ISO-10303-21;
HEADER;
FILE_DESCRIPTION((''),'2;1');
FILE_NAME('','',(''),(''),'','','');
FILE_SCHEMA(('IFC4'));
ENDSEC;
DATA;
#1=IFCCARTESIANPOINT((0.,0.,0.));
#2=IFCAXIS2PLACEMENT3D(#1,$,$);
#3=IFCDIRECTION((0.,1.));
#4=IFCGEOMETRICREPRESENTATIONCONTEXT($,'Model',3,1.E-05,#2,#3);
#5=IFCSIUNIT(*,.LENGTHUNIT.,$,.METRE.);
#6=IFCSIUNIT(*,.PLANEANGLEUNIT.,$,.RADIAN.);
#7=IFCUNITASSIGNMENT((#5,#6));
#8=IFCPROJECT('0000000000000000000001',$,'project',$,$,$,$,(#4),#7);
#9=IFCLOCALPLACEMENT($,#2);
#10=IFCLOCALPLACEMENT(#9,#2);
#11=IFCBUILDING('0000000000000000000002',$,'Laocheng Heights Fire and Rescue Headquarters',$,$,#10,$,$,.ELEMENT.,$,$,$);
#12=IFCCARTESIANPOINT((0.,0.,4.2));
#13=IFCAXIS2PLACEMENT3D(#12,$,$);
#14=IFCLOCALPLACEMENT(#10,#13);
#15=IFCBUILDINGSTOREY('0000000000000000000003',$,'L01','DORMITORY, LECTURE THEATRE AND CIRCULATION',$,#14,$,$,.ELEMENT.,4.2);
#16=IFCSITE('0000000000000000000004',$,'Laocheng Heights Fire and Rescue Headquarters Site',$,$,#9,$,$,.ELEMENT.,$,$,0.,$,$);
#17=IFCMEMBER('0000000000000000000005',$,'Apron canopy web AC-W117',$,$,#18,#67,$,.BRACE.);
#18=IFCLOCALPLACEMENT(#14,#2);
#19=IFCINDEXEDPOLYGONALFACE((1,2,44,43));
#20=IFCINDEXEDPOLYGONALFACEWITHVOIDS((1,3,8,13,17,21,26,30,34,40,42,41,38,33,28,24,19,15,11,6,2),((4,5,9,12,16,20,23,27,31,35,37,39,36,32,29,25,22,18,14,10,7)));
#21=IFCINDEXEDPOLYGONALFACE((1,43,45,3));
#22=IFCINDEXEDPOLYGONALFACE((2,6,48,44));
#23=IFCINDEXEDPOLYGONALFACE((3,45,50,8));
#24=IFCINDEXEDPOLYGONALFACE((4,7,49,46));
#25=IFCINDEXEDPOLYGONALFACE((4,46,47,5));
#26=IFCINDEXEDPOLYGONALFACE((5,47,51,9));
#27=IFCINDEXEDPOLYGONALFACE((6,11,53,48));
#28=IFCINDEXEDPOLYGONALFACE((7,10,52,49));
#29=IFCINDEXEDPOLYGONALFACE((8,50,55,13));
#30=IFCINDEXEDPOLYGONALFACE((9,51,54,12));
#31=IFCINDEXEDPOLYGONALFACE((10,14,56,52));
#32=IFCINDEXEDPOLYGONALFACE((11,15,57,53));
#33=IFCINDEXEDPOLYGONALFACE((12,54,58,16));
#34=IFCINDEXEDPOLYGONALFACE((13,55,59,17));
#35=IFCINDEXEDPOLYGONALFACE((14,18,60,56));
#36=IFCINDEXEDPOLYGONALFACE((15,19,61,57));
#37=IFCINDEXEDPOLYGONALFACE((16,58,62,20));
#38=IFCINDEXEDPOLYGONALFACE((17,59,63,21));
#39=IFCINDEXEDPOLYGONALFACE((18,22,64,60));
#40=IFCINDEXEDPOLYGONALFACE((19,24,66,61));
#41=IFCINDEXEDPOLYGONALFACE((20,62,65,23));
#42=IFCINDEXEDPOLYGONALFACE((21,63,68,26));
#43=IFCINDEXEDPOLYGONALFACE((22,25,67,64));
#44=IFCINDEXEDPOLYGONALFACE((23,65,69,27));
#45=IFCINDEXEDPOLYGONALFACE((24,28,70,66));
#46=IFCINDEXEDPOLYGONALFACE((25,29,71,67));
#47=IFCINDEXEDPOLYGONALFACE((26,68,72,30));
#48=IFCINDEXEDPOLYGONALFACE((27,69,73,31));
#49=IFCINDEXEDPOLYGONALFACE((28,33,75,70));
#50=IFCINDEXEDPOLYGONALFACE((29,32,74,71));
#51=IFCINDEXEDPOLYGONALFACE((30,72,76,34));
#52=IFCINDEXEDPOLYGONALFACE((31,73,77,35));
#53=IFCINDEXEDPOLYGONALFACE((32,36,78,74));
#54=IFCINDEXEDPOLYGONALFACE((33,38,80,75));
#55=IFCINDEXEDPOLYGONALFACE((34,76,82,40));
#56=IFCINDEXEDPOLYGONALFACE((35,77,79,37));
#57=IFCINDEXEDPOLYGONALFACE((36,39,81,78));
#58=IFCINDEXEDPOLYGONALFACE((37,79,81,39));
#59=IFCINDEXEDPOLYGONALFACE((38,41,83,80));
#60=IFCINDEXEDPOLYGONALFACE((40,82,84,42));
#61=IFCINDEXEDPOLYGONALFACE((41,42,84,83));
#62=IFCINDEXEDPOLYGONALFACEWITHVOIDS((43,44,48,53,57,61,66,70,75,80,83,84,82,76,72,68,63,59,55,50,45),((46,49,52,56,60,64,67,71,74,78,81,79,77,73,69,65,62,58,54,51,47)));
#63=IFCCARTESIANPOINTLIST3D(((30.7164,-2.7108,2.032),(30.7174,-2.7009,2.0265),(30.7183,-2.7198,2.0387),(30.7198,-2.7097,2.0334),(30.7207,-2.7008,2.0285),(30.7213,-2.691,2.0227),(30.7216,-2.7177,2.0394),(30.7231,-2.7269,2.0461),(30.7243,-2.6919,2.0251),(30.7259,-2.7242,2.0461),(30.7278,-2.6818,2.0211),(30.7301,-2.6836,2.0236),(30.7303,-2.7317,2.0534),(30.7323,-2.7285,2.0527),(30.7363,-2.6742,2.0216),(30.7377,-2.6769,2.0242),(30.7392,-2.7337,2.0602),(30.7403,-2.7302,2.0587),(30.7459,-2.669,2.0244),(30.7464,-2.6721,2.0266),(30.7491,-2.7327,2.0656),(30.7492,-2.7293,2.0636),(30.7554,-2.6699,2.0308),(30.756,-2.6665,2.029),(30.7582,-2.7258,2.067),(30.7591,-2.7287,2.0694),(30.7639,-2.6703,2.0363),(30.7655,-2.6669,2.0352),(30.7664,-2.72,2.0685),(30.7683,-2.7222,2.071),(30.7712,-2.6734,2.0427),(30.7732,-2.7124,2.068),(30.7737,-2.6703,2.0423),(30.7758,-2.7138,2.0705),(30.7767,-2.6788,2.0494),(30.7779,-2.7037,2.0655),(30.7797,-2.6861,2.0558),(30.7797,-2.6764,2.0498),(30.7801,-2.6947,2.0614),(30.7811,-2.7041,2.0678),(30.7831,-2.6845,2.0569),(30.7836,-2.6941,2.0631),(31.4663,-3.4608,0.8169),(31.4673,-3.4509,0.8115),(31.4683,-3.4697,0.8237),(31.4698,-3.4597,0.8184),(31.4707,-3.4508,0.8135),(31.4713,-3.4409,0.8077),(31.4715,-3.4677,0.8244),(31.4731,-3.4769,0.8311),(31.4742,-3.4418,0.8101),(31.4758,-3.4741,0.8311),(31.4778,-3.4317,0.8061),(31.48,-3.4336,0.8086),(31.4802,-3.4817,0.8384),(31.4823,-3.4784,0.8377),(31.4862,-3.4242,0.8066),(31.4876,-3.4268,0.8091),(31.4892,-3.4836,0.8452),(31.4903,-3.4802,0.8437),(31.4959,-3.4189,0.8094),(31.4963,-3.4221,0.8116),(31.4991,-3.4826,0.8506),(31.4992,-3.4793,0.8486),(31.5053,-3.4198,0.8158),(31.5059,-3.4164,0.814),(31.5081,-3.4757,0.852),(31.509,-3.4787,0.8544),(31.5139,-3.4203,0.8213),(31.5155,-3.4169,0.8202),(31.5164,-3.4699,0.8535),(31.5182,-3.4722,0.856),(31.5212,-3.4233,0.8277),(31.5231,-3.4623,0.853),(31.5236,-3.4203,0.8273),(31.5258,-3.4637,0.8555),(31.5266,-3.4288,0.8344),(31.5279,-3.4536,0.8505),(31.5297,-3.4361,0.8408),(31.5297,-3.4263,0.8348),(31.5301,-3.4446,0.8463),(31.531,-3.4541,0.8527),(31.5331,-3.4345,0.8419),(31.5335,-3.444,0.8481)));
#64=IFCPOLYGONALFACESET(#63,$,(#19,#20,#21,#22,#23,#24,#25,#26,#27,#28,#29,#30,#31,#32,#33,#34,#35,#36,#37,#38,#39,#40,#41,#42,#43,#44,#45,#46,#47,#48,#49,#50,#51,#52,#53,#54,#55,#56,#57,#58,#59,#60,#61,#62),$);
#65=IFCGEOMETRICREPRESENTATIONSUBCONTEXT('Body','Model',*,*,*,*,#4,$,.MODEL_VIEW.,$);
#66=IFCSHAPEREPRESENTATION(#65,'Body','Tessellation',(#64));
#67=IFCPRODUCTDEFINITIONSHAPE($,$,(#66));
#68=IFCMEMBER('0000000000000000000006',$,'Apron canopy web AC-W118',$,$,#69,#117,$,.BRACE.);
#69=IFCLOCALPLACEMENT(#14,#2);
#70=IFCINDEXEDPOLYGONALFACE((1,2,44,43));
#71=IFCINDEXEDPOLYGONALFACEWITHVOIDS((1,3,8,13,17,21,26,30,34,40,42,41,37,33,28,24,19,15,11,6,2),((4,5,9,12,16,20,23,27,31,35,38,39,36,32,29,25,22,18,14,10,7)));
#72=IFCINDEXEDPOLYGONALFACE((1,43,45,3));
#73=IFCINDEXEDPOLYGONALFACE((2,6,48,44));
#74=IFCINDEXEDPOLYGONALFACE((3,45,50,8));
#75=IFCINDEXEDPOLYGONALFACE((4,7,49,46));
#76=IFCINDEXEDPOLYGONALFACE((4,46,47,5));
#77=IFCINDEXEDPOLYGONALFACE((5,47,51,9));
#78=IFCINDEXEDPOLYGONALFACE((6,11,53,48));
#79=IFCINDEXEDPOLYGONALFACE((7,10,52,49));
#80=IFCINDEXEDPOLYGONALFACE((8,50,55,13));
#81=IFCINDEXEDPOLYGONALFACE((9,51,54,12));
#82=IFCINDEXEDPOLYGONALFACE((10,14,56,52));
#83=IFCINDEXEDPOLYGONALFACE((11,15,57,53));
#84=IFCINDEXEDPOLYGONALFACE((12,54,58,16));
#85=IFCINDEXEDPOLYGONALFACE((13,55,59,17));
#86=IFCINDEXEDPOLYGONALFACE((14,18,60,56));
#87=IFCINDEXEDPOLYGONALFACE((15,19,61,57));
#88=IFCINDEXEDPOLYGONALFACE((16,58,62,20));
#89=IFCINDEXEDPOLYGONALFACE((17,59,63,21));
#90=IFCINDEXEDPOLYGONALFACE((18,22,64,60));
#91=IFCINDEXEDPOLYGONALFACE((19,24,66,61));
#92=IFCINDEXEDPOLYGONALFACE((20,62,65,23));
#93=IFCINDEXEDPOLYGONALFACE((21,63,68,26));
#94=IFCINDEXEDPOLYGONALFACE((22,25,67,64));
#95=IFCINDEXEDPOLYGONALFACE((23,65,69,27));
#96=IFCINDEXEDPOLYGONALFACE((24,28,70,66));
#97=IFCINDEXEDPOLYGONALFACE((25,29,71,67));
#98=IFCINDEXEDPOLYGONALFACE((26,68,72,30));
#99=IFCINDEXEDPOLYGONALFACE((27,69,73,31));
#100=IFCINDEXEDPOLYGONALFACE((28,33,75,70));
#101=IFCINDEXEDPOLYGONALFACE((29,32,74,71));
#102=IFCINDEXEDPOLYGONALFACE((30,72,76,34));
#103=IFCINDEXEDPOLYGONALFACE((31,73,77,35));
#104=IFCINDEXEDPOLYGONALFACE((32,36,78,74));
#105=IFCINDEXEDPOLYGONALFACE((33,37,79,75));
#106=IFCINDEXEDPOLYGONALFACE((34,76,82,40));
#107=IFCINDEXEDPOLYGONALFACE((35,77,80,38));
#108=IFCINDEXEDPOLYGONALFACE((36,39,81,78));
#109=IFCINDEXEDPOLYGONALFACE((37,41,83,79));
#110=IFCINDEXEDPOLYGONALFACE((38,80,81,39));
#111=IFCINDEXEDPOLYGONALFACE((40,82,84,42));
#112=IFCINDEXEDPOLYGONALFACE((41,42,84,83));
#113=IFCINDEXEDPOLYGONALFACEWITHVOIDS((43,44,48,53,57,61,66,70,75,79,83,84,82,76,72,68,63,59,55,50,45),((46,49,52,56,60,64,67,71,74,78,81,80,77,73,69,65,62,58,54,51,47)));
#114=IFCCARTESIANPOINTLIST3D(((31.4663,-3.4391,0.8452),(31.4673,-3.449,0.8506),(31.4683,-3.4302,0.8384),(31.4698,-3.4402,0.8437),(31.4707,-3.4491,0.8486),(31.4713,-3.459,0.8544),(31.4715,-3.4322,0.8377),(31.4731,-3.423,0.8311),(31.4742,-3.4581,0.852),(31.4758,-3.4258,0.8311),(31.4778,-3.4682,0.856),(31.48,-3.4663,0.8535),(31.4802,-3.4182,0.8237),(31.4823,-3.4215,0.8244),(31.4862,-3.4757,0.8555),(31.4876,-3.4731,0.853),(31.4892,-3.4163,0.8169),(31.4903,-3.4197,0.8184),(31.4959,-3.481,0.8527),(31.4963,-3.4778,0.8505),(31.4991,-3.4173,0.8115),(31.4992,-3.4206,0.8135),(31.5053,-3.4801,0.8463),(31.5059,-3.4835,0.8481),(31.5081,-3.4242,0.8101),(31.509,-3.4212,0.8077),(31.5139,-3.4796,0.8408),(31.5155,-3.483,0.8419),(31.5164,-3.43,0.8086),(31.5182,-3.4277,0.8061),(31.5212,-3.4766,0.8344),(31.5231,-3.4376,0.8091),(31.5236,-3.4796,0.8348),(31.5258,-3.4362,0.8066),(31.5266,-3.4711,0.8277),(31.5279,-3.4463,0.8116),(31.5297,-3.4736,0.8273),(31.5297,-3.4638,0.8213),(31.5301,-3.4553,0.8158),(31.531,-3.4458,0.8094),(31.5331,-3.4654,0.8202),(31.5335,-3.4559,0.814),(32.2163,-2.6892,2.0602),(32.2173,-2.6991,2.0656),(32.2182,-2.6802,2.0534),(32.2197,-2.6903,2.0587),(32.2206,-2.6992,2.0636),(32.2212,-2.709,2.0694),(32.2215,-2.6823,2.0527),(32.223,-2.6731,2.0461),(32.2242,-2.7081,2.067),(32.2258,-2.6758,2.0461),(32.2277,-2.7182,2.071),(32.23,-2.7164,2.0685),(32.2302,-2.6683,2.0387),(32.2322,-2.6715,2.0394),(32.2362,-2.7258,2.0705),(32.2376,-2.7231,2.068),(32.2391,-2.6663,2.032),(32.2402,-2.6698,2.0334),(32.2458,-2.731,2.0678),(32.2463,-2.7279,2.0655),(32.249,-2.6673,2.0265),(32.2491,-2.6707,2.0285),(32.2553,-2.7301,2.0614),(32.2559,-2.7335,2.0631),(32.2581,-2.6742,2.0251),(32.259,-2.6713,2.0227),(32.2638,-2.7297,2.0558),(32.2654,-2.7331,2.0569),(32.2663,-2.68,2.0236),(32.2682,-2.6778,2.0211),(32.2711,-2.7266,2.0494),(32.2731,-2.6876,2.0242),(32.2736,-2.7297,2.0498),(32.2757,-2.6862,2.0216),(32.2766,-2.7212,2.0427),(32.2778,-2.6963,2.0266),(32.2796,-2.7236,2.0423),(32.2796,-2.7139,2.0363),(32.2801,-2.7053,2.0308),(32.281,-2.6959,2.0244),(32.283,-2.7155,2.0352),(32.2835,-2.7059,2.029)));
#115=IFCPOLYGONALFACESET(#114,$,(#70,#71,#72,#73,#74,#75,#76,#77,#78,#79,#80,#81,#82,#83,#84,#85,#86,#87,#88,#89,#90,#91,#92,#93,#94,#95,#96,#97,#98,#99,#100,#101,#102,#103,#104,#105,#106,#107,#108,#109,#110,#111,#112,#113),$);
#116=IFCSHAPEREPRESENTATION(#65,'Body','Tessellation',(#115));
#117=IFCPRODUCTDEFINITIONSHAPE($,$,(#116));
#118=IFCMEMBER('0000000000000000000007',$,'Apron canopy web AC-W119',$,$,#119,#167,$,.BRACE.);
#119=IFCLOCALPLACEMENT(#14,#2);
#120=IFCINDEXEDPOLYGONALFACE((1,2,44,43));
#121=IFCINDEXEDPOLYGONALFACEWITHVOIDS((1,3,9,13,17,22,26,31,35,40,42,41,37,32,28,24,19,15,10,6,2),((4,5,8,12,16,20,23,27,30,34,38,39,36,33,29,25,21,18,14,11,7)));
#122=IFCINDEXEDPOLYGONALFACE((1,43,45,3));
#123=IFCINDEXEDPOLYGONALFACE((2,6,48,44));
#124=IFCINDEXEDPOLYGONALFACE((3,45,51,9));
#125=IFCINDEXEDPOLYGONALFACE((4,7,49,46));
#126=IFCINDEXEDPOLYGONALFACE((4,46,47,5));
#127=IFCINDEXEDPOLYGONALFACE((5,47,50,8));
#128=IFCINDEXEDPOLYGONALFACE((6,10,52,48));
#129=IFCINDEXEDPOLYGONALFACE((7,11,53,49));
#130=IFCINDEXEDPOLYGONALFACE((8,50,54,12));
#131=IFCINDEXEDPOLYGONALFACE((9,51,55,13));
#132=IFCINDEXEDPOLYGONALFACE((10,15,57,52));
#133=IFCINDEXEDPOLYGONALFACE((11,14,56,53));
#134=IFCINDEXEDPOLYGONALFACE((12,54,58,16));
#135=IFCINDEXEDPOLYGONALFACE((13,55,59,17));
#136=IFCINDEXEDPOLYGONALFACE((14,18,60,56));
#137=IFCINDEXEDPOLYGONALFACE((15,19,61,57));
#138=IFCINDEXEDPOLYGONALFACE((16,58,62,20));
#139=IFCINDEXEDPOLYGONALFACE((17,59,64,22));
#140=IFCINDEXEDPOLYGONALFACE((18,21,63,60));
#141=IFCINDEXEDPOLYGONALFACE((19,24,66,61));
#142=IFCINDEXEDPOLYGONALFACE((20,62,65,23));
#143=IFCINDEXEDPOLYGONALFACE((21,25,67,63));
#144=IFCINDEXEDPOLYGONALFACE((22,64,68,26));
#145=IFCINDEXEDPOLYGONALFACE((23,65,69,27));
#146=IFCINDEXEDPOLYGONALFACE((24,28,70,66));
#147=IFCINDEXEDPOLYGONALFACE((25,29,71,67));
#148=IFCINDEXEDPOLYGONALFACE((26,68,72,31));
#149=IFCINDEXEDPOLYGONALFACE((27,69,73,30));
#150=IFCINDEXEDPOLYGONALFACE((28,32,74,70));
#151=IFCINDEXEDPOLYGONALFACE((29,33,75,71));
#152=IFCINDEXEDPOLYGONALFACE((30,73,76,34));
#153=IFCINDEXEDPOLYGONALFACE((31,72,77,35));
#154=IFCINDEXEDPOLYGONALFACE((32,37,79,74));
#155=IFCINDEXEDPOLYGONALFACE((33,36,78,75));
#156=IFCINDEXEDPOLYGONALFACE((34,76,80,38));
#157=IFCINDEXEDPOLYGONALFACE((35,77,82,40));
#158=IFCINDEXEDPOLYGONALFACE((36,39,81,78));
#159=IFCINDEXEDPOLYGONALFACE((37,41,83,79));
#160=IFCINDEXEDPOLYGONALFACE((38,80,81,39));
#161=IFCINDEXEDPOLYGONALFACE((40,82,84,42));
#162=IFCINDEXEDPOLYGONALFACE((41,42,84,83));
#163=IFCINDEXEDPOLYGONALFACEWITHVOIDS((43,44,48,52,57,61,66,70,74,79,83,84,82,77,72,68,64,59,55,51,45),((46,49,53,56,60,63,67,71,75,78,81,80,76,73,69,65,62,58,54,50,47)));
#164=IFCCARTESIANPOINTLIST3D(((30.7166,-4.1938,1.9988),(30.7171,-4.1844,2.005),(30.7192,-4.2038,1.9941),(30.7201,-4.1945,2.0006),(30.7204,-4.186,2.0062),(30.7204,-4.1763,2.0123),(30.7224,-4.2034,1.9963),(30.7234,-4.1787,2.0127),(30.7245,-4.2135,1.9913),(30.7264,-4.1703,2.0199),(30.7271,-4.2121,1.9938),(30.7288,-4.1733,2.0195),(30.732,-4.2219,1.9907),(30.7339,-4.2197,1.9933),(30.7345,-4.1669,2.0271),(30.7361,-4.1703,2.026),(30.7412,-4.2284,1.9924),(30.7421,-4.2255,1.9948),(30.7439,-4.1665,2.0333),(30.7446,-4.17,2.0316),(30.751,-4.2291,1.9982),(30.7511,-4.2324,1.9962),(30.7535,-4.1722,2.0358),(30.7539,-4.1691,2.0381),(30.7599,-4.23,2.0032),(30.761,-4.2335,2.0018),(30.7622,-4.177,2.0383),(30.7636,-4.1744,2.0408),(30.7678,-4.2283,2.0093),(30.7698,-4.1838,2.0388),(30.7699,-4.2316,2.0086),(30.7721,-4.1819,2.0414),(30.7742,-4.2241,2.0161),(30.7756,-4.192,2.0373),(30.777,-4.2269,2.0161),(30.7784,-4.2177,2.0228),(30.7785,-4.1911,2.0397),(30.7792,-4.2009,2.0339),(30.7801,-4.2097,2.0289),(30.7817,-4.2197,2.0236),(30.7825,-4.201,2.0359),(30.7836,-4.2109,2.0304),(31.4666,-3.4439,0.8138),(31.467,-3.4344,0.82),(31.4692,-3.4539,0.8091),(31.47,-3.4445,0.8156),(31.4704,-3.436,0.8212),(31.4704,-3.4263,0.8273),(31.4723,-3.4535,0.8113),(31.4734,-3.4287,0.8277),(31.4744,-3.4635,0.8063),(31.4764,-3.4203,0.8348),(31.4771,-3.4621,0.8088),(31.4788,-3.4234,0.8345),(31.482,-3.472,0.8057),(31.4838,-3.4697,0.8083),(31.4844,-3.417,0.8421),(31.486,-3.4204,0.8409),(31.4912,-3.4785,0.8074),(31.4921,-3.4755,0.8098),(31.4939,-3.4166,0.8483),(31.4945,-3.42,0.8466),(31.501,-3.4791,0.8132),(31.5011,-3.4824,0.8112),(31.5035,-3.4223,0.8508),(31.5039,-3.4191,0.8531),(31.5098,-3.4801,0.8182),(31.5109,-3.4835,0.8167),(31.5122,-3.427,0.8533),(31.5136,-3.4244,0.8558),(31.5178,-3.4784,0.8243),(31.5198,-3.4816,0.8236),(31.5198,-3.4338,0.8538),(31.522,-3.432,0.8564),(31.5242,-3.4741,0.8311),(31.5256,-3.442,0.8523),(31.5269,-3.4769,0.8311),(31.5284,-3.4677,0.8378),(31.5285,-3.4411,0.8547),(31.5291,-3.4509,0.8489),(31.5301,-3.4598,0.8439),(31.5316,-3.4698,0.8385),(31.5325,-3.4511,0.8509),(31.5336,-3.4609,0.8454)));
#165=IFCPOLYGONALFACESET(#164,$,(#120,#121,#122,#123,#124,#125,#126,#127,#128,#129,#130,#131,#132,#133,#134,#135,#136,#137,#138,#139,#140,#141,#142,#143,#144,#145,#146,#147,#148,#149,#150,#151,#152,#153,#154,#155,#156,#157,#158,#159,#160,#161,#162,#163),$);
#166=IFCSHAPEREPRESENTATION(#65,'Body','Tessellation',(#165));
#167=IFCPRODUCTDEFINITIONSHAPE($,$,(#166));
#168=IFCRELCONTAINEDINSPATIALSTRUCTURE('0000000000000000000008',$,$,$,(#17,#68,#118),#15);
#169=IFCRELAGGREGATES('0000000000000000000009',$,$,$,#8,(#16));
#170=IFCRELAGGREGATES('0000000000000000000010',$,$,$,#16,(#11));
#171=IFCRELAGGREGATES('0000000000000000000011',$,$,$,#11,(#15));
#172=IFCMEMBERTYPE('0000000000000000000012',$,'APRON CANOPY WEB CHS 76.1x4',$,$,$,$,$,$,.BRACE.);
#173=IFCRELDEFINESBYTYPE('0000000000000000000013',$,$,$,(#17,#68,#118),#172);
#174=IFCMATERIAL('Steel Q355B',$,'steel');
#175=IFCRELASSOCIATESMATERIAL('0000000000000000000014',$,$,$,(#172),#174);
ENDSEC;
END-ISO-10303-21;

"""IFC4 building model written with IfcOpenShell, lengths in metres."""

from ifc_helpers import new_model, si_unit, direction, frame, origin, origin_2d, place, context, subcontext, project, spatial, hollow_circle, extrude, material, material_profile, profile_set, type_object, element, save


model = new_model("IFC4")

# Units and contexts
model_context = context("Model", 3, precision=1e-05, world=origin(), true_north=direction((0.0, 1.0)))
body_context = subcontext(model_context, "Body", "Model", "MODEL_VIEW")
ifc_project = project(units=[si_unit("LENGTHUNIT", "METRE"), si_unit("PLANEANGLEUNIT", "RADIAN")], contexts=[model_context])

# Site, building, storey
site_placement = place(None, origin())
site = spatial("IfcSite", under=ifc_project, at=site_placement, Name="Laocheng Heights Fire and Rescue Headquarters Site", CompositionType="ELEMENT", RefElevation=0.0)
building_placement = place(site_placement, origin())
building = spatial("IfcBuilding", under=site, at=building_placement, Name="Laocheng Heights Fire and Rescue Headquarters", CompositionType="ELEMENT")
storey_placement = place(building_placement, frame((0.0, 0.0, 4.2)))
storey = spatial("IfcBuildingStorey", under=building, at=storey_placement, Name="L01", Description="DORMITORY, LECTURE THEATRE AND CIRCULATION", CompositionType="ELEMENT", Elevation=4.2)

# Members
ifc_material_1 = material(Name="Steel Q355B", Category="steel")
ifc_material_profile_1 = material_profile(ifc_material_1, hollow_circle(Radius=0.0381, WallThickness=0.0039, at=origin_2d()), Name="CHS 76.1x4")
ifc_profile_set_1 = profile_set([ifc_material_profile_1], Name="Steel Q355B")
member_type_1 = type_object("IfcMemberType", Name="APRON CANOPY WEB CHS 76.1x4", PredefinedType="BRACE", material=ifc_profile_set_1)
for number, where, z_axis, x_axis, name in (
    (1, (31.5, -3.45, 0.8311), (-0.465002, 0.465002, 0.753357), (-0.707107, -0.707107, 0.0), "Apron canopy web AC-W117"),
    (2, (31.5, -3.45, 0.8311), (0.465002, 0.465002, 0.753357), (-0.707107, 0.707107, 0.0), "Apron canopy web AC-W118"),
):
    element("IfcMember", number, at=place(storey_placement, frame(where, z_axis=z_axis, x_axis=x_axis)), inside=storey, type_object=member_type_1, Name=name, PredefinedType="BRACE", context=body_context, shape_type="SweptSolid", body=[
        extrude(hollow_circle(Radius=0.0381, WallThickness=0.0039, at=origin_2d()), origin(), (0.0, 0.0, 1.0), 1.6128),
    ])
for number, where, z_axis, x_axis, name in (
    (3, (31.5, -3.45, 0.8311), (-0.47158, -0.47158, 0.745134), (0.707107, -0.707107, 0.0), "Apron canopy web AC-W119"),
):
    element("IfcMember", number, at=place(storey_placement, frame(where, z_axis=z_axis, x_axis=x_axis)), inside=storey, type_object=member_type_1, Name=name, PredefinedType="BRACE", context=body_context, shape_type="SweptSolid", body=[
        extrude(hollow_circle(Radius=0.0381, WallThickness=0.0039, at=origin_2d()), origin(), (0.0, 0.0, 1.0), 1.5903),
    ])

save(model, "model.ifc")
